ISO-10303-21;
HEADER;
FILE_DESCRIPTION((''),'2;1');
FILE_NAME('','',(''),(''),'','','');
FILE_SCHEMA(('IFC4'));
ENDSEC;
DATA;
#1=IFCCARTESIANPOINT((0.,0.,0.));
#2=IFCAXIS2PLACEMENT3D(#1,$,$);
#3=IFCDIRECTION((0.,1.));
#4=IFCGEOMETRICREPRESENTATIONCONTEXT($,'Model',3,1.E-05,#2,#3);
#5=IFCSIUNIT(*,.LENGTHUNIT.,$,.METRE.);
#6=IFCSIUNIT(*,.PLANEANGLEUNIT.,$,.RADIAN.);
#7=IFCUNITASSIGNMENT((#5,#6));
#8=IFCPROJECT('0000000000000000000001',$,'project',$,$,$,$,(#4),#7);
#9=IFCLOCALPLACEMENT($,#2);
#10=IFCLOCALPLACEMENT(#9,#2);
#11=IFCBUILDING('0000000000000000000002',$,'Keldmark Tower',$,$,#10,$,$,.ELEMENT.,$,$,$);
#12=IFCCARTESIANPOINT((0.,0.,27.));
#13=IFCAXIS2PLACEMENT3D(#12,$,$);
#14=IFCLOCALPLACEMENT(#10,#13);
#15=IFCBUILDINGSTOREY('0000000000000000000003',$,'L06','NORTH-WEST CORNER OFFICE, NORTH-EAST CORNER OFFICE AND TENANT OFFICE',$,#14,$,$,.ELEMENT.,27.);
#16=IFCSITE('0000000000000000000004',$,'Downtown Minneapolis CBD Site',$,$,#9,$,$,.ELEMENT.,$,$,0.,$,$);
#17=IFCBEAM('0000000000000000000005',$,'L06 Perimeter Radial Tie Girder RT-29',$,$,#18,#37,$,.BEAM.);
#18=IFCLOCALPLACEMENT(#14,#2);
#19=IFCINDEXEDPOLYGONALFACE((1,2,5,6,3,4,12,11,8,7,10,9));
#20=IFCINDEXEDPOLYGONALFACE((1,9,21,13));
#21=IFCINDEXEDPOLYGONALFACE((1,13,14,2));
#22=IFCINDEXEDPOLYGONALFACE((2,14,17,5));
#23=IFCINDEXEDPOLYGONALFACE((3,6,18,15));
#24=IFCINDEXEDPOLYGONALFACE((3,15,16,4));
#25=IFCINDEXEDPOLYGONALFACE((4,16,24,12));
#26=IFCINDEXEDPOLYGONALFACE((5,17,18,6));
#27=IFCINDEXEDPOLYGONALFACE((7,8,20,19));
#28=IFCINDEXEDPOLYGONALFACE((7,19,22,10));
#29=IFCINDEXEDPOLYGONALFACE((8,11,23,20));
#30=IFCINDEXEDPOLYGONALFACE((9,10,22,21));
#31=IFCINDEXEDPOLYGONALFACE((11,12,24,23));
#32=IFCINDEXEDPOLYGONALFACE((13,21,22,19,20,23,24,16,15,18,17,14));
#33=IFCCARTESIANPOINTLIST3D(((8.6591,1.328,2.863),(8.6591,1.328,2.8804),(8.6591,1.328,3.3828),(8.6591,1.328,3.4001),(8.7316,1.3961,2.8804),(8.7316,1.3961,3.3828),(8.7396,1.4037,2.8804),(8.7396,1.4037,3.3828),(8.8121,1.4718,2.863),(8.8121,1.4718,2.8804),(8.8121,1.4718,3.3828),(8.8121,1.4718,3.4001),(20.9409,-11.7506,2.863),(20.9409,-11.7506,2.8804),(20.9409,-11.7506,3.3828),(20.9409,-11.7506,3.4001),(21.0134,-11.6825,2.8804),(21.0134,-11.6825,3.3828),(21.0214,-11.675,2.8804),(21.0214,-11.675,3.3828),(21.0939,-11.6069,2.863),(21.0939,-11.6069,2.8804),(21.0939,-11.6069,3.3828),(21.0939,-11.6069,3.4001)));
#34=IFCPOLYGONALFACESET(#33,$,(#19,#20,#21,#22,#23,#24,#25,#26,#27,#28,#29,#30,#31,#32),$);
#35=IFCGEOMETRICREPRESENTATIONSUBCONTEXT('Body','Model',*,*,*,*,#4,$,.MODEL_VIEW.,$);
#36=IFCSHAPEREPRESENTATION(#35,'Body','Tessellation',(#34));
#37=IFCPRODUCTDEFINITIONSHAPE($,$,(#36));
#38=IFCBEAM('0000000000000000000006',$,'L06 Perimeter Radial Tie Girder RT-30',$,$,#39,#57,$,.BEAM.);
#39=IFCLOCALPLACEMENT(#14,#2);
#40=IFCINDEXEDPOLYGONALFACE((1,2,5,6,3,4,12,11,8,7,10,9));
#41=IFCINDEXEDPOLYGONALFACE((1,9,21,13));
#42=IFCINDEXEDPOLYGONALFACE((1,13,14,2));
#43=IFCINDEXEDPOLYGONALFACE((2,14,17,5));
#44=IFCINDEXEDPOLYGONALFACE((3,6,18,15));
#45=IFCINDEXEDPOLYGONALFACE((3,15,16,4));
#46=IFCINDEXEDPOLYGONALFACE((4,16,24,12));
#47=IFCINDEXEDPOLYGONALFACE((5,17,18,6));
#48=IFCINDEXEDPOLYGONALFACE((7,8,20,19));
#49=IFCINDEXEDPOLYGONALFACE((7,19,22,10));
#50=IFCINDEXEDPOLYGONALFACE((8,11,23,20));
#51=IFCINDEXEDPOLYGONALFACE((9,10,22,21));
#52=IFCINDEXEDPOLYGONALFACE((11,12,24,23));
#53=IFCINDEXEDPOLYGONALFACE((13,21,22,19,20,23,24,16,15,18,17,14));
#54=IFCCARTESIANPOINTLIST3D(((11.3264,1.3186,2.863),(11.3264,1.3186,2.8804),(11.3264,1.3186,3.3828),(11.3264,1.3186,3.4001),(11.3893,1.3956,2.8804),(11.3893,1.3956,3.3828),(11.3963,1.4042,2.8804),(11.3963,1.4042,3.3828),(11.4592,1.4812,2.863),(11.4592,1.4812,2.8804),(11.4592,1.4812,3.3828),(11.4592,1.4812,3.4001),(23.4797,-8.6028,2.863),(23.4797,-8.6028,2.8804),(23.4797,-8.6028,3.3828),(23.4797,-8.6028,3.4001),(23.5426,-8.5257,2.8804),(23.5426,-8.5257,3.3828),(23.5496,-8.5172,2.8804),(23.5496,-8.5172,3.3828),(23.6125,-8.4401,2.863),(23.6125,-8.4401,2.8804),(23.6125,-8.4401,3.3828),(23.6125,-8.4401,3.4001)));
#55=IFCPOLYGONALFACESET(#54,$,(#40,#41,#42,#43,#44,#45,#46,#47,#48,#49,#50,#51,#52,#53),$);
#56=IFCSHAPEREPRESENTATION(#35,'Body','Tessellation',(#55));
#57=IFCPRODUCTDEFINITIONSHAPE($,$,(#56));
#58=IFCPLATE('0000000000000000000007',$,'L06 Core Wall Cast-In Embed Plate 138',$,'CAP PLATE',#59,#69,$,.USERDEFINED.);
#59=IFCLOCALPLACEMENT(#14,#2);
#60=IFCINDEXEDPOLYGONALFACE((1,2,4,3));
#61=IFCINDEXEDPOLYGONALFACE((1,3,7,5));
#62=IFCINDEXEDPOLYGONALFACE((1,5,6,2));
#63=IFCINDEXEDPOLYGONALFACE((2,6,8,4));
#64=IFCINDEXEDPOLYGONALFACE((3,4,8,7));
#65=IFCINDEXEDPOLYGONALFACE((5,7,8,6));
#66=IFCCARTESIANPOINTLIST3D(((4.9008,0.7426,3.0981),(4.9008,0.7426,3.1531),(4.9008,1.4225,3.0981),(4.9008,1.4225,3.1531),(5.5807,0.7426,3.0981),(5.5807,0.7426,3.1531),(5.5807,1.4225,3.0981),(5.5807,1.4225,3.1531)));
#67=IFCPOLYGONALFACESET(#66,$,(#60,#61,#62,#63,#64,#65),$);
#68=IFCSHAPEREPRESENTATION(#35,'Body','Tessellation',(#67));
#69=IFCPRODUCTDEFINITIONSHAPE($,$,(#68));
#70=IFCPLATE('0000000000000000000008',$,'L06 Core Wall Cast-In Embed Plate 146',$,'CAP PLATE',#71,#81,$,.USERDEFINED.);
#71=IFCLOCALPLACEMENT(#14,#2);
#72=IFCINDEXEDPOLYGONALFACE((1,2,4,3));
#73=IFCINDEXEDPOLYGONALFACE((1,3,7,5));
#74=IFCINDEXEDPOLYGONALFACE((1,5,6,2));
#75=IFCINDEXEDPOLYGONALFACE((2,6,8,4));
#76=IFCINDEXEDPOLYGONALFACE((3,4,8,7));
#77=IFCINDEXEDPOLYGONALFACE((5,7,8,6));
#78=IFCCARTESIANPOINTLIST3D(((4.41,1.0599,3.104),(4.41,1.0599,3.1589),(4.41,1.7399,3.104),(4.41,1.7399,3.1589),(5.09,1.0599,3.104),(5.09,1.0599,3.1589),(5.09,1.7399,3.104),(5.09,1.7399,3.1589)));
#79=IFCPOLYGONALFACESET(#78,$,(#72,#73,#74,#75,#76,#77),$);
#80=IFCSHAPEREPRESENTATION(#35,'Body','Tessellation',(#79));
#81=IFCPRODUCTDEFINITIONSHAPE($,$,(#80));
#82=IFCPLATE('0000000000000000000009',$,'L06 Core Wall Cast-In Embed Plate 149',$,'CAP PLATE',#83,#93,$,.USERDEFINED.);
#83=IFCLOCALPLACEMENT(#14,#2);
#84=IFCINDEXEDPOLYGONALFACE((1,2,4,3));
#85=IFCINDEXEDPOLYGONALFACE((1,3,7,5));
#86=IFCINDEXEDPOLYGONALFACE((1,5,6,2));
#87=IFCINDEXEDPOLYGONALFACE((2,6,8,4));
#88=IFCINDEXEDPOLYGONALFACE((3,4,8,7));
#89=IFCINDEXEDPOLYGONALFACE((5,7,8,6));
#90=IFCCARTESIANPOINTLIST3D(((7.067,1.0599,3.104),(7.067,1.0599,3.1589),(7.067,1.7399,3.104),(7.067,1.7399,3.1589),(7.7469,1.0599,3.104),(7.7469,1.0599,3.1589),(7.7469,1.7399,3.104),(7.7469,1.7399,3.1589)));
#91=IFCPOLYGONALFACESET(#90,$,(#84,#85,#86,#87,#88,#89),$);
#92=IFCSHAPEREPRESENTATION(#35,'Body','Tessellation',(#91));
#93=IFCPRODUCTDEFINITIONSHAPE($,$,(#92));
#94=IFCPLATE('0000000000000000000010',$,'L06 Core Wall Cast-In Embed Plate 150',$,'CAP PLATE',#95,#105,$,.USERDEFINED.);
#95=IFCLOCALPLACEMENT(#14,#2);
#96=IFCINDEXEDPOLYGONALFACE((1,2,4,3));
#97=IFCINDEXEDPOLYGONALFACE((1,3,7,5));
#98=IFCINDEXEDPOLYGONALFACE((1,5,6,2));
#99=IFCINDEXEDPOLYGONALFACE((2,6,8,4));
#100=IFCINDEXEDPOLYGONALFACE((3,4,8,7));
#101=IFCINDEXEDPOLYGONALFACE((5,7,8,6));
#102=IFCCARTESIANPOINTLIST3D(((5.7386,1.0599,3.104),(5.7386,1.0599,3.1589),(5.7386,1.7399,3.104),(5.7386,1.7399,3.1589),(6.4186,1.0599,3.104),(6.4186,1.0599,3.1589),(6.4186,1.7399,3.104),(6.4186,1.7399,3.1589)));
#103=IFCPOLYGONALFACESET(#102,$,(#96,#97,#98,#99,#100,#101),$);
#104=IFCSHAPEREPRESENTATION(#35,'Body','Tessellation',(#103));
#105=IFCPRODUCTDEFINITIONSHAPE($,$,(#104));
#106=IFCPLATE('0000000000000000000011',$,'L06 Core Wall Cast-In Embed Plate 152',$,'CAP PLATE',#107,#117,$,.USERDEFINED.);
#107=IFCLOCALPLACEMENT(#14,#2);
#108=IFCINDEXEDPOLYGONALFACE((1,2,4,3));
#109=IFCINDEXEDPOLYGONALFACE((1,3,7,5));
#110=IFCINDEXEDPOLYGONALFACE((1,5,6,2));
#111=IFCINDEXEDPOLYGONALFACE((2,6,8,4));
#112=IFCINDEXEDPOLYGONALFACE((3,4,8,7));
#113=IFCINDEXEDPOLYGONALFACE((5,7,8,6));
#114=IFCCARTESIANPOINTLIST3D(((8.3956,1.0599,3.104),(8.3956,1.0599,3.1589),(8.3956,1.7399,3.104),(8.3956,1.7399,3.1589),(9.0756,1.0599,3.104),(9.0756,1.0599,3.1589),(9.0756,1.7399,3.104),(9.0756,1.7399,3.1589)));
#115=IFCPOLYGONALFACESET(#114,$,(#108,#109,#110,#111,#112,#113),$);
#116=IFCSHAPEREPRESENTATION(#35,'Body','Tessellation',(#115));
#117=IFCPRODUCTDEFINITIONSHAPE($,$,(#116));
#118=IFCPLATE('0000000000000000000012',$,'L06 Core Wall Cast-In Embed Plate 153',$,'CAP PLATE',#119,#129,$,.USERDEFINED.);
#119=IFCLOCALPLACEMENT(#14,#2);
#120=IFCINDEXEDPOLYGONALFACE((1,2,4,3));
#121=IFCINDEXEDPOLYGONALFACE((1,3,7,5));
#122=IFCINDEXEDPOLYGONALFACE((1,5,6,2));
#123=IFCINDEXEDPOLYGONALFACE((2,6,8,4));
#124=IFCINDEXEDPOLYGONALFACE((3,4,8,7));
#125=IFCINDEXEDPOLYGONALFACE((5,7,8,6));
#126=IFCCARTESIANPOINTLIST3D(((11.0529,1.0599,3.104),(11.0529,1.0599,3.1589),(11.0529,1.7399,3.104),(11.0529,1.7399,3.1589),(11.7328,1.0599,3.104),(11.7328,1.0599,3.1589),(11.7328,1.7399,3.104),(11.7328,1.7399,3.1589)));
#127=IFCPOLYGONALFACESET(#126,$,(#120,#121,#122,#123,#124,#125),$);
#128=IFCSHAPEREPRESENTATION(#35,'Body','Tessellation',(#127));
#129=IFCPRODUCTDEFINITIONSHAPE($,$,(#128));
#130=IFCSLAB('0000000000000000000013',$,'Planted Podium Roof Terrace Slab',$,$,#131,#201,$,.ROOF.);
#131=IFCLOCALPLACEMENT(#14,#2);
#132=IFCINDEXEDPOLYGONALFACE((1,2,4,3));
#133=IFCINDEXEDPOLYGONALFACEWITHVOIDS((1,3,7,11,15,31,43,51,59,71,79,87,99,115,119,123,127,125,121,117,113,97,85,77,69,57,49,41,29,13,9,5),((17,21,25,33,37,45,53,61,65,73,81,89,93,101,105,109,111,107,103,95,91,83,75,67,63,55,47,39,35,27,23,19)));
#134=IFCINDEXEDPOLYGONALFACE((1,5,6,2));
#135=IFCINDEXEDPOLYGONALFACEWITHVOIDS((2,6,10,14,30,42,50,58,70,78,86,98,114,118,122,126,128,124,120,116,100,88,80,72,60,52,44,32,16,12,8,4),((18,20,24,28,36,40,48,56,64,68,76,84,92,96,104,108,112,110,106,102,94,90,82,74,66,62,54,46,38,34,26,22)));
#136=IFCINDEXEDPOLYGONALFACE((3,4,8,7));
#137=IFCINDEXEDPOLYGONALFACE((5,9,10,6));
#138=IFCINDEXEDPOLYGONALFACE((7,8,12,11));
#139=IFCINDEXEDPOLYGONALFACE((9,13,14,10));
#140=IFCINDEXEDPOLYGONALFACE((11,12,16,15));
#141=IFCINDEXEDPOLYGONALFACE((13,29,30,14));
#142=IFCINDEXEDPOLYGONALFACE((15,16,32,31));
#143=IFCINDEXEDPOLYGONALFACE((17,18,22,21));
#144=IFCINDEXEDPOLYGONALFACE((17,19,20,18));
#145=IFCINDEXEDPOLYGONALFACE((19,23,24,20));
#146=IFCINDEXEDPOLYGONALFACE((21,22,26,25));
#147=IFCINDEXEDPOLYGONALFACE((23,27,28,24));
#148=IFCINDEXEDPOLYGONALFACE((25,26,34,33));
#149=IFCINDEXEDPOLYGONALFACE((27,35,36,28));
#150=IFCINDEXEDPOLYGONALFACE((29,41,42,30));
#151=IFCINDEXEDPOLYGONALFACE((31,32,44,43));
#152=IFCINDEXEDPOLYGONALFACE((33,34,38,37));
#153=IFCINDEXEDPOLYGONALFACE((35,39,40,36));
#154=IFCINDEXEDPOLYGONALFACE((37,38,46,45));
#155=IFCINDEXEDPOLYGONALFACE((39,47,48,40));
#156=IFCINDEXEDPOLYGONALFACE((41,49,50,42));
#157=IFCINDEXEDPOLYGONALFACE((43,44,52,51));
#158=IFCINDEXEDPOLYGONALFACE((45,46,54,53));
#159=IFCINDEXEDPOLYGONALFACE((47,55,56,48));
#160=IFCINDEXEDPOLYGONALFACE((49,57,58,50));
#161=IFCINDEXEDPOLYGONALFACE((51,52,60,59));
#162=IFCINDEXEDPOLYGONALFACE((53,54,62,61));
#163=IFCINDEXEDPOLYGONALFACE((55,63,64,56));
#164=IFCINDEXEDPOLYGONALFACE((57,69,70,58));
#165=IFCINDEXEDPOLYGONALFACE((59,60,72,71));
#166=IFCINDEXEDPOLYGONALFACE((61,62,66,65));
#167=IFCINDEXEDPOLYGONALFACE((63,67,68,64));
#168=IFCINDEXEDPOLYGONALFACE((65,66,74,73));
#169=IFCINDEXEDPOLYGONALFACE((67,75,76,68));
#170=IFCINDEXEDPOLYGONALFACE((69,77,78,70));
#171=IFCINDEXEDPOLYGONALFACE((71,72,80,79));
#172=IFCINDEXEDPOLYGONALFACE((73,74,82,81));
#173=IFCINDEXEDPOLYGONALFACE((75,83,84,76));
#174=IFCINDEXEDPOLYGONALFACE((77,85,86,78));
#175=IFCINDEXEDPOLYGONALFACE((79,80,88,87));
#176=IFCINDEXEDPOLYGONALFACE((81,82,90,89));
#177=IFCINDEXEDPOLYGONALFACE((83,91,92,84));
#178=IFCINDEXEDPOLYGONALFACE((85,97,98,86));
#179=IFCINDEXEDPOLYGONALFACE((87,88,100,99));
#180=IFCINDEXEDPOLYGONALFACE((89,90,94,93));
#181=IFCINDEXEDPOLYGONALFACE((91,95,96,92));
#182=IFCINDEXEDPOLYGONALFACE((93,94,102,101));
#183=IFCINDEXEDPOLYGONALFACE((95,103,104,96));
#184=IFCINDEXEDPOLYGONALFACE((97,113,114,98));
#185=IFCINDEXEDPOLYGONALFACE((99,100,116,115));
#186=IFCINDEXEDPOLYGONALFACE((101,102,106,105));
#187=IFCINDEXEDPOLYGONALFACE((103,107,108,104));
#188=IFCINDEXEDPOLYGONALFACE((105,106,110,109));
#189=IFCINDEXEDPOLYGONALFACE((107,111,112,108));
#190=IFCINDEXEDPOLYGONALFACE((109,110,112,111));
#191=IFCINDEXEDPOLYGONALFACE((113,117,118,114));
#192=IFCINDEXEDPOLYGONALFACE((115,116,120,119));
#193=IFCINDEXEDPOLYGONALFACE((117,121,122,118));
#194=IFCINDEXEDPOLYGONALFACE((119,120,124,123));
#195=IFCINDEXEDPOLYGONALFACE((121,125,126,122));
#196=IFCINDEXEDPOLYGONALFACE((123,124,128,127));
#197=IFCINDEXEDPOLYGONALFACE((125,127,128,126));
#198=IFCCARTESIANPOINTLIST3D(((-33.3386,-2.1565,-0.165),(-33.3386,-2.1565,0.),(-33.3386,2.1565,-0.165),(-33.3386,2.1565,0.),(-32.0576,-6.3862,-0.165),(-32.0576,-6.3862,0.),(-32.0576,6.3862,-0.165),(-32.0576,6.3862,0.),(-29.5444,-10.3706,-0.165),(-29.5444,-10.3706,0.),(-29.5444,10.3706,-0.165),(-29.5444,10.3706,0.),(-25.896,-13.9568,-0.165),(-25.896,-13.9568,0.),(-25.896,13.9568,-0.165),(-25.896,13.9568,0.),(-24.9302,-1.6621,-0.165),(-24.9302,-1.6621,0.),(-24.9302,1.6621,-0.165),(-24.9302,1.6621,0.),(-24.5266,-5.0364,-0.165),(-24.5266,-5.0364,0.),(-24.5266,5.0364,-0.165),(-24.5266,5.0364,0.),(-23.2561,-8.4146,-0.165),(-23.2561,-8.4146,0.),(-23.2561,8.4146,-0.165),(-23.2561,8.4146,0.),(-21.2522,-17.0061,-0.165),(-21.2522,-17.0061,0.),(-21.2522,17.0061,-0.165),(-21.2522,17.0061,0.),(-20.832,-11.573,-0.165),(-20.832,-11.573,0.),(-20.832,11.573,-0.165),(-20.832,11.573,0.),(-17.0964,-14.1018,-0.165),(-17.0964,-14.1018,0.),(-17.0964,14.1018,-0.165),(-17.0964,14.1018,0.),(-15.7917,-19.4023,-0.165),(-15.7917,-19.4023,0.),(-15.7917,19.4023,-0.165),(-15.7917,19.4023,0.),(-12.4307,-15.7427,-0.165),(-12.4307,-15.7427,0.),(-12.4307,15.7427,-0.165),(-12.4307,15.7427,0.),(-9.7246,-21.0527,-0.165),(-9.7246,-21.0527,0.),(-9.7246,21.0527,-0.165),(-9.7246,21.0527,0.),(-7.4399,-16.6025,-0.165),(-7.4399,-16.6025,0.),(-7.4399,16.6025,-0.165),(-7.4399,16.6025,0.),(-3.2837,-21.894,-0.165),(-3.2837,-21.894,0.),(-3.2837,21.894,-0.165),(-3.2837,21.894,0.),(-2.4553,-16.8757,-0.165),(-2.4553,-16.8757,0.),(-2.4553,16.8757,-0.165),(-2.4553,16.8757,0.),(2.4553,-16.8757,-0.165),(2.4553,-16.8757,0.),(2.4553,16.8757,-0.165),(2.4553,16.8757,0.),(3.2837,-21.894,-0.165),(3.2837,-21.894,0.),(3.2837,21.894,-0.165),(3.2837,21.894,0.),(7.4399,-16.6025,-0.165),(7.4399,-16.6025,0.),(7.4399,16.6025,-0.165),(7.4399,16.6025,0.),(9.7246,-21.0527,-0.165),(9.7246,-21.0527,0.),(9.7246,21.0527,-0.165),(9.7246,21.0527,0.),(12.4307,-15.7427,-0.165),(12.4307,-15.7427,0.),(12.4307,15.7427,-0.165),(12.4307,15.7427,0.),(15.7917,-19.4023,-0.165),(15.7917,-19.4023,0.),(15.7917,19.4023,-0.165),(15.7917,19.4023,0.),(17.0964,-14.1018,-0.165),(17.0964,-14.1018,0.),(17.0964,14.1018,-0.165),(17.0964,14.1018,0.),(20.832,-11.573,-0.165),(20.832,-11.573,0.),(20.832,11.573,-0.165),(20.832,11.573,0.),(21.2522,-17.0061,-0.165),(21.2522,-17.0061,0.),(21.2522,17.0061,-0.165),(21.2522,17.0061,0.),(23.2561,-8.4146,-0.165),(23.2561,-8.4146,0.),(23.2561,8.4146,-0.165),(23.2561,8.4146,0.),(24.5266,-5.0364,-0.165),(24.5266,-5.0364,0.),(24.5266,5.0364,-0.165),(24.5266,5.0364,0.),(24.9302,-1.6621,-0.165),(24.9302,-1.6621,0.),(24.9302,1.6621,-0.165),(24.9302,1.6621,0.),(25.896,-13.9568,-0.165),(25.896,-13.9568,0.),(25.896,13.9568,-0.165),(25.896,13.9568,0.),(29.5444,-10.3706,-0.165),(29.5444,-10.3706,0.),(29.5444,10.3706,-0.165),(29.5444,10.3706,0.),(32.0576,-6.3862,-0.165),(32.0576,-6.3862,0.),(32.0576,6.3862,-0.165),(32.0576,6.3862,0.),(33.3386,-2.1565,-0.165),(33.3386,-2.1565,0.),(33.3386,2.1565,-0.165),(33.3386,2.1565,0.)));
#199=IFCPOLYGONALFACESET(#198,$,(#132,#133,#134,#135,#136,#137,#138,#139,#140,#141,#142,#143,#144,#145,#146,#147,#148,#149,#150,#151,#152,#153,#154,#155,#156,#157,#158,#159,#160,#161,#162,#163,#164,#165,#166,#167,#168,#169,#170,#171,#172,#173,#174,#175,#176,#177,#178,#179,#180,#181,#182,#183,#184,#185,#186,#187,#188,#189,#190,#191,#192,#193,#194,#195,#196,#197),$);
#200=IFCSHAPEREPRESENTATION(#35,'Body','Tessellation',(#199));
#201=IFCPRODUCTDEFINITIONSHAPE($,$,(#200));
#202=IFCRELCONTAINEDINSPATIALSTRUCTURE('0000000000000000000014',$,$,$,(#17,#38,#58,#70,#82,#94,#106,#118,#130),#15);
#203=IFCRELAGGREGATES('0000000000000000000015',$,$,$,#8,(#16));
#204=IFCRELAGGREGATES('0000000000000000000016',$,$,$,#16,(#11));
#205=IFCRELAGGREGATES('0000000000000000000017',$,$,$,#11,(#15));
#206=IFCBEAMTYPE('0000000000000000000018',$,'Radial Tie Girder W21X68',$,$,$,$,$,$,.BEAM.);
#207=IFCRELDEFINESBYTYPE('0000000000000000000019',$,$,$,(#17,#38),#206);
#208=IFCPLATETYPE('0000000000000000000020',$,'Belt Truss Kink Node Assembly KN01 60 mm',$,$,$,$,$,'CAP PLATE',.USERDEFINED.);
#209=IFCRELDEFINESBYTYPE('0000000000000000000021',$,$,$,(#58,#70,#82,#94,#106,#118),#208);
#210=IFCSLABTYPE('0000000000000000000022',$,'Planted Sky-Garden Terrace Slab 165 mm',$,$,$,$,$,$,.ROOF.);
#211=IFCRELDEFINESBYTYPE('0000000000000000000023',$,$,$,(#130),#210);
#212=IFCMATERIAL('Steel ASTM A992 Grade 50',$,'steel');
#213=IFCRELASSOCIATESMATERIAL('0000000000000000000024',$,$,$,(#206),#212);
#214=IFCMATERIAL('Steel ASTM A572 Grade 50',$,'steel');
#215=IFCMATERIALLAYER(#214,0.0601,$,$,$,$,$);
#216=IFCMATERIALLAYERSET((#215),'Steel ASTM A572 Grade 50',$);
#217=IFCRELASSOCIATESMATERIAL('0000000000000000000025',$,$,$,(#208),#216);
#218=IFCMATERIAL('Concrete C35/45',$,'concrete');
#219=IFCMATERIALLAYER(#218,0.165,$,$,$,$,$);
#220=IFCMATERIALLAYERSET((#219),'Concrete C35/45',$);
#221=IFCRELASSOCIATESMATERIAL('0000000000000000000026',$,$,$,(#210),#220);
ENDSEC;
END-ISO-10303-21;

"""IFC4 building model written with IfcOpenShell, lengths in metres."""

from ifc_helpers import new_model, si_unit, direction, frame, origin, origin_2d, place, context, subcontext, project, spatial, polyline, rectangle, i_section, outline, extrude, material, layer, layer_set, material_profile, profile_set, type_object, element, save


model = new_model("IFC4")

# Units and contexts
model_context = context("Model", 3, precision=1e-05, world=origin(), true_north=direction((0.0, 1.0)))
body_context = subcontext(model_context, "Body", "Model", "MODEL_VIEW")
ifc_project = project(units=[si_unit("LENGTHUNIT", "METRE"), si_unit("PLANEANGLEUNIT", "RADIAN")], contexts=[model_context])

# Site, building, storey
site_placement = place(None, origin())
site = spatial("IfcSite", under=ifc_project, at=site_placement, Name="Downtown Minneapolis CBD Site", CompositionType="ELEMENT", RefElevation=0.0)
building_placement = place(site_placement, origin())
building = spatial("IfcBuilding", under=site, at=building_placement, Name="Keldmark Tower", CompositionType="ELEMENT")
storey_placement = place(building_placement, frame((0.0, 0.0, 27.0)))
storey = spatial("IfcBuildingStorey", under=building, at=storey_placement, Name="L06", Description="NORTH-WEST CORNER OFFICE, NORTH-EAST CORNER OFFICE AND TENANT OFFICE", CompositionType="ELEMENT", Elevation=27.0)

# Beams
ifc_material_1 = material(Name="Steel ASTM A992 Grade 50", Category="steel")
ifc_material_profile_1 = material_profile(ifc_material_1, i_section(OverallWidth=0.21, OverallDepth=0.5371, WebThickness=0.011, FlangeThickness=0.0173, at=origin_2d()), Name="W21X68")
ifc_profile_set_1 = profile_set([ifc_material_profile_1], Name="Steel ASTM A992 Grade 50")
beam_type_1 = type_object("IfcBeamType", Name="Radial Tie Girder W21X68", PredefinedType="BEAM", material=ifc_profile_set_1)
beam_1_placement = place(storey_placement, frame((8.7356, 1.3999, 3.1316), z_axis=(0.68455, -0.728966, 0.0), x_axis=(0.728966, 0.68455, 0.0)))
element("IfcBeam", 1, at=beam_1_placement, inside=storey, type_object=beam_type_1, Name="L06 Perimeter Radial Tie Girder RT-29", PredefinedType="BEAM", context=body_context, shape_type="SweptSolid", body=[
    extrude(i_section(OverallWidth=0.21, OverallDepth=0.5371, WebThickness=0.011, FlangeThickness=0.0173, at=origin_2d()), origin(), (0.0, 0.0, 1.0), 17.9414),
])
beam_2_placement = place(storey_placement, frame((11.3928, 1.3999, 3.1316), z_axis=(0.774652, -0.632388, 0.0), x_axis=(0.632388, 0.774652, 0.0)))
element("IfcBeam", 2, at=beam_2_placement, inside=storey, type_object=beam_type_1, Name="L06 Perimeter Radial Tie Girder RT-30", PredefinedType="BEAM", context=body_context, shape_type="SweptSolid", body=[
    extrude(i_section(OverallWidth=0.21, OverallDepth=0.5371, WebThickness=0.011, FlangeThickness=0.0173, at=origin_2d()), origin(), (0.0, 0.0, 1.0), 15.6887),
])

# Plates
ifc_material_2 = material(Name="Steel ASTM A572 Grade 50", Category="steel")
ifc_layer_1 = layer(ifc_material_2, 0.0601)
ifc_layer_set_1 = layer_set([ifc_layer_1], Name="Steel ASTM A572 Grade 50")
plate_type = type_object("IfcPlateType", Name="Belt Truss Kink Node Assembly KN01 60 mm", ElementType="CAP PLATE", PredefinedType="USERDEFINED", material=ifc_layer_set_1)
for number, where, z_axis, x_axis, name in (
    (3, (5.2407, 1.0825, 3.0981), (0.0, 0.0, 1.0), (1.0, 0.0, 0.0), "L06 Core Wall Cast-In Embed Plate 138"),
    (4, (4.75, 1.3999, 3.104), (0.0, 0.0, 1.0), (1.0, 0.0, 0.0), "L06 Core Wall Cast-In Embed Plate 146"),
    (5, (7.407, 1.3999, 3.104), (0.0, 0.0, 1.0), (1.0, 0.0, 0.0), "L06 Core Wall Cast-In Embed Plate 149"),
    (6, (6.0786, 1.3999, 3.104), (0.0, 0.0, 1.0), (1.0, 0.0, 0.0), "L06 Core Wall Cast-In Embed Plate 150"),
    (7, (8.7356, 1.3999, 3.104), (0.0, 0.0, 1.0), (1.0, 0.0, 0.0), "L06 Core Wall Cast-In Embed Plate 152"),
    (8, (11.3928, 1.3999, 3.104), (0.0, 0.0, 1.0), (1.0, 0.0, 0.0), "L06 Core Wall Cast-In Embed Plate 153"),
):
    element("IfcPlate", number, at=place(storey_placement, frame(where, z_axis=z_axis, x_axis=x_axis)), inside=storey, type_object=plate_type, Name=name, ObjectType="CAP PLATE", PredefinedType="USERDEFINED", context=body_context, shape_type="SweptSolid", body=[
        extrude(rectangle(XDim=0.6799, YDim=0.6799, at=origin_2d()), origin(), (0.0, 0.0, 1.0), 0.0549),
    ])

# Slab
ifc_material_3 = material(Name="Concrete C35/45", Category="concrete")
ifc_layer_2 = layer(ifc_material_3, 0.165)
ifc_layer_set_2 = layer_set([ifc_layer_2], Name="Concrete C35/45")
slab_type_1 = type_object("IfcSlabType", Name="Planted Sky-Garden Terrace Slab 165 mm", PredefinedType="ROOF", material=ifc_layer_set_2)
slab_1_placement = place(storey_placement, frame((0.0, 0.0, -0.165)))
element("IfcSlab", 9, at=slab_1_placement, inside=storey, type_object=slab_type_1, Name="Planted Podium Roof Terrace Slab", PredefinedType="ROOF", context=body_context, shape_type="SweptSolid", body=[
    extrude(outline(polyline([(33.3386, 2.1565), (32.0576, 6.3862), (29.5444, 10.3706), (25.896, 13.9568), (21.2522, 17.0061), (15.7917, 19.4023), (9.7246, 21.0527), (3.2837, 21.894), (-3.2837, 21.894), (-9.7246, 21.0527), (-15.7917, 19.4023), (-21.2522, 17.0061), (-25.896, 13.9568), (-29.5444, 10.3706), (-32.0576, 6.3862), (-33.3386, 2.1565), (-33.3386, -2.1565), (-32.0576, -6.3862), (-29.5444, -10.3706), (-25.896, -13.9568), (-21.2522, -17.0061), (-15.7917, -19.4023), (-9.7246, -21.0527), (-3.2837, -21.894), (3.2837, -21.894), (9.7246, -21.0527), (15.7917, -19.4023), (21.2522, -17.0061), (25.896, -13.9568), (29.5444, -10.3706), (32.0576, -6.3862), (33.3386, -2.1565), (33.3386, 2.1565)]), holes=[polyline([(24.9302, 1.6621), (24.5266, 5.0364), (23.2561, 8.4146), (20.832, 11.573), (17.0964, 14.1018), (12.4307, 15.7427), (7.4399, 16.6025), (2.4553, 16.8757), (-2.4553, 16.8757), (-7.4399, 16.6025), (-12.4307, 15.7427), (-17.0964, 14.1018), (-20.832, 11.573), (-23.2561, 8.4146), (-24.5266, 5.0364), (-24.9302, 1.6621), (-24.9302, -1.6621), (-24.5266, -5.0364), (-23.2561, -8.4146), (-20.832, -11.573), (-17.0964, -14.1018), (-12.4307, -15.7427), (-7.4399, -16.6025), (-2.4553, -16.8757), (2.4553, -16.8757), (7.4399, -16.6025), (12.4307, -15.7427), (17.0964, -14.1018), (20.832, -11.573), (23.2561, -8.4146), (24.5266, -5.0364), (24.9302, -1.6621), (24.9302, 1.6621)])]), origin(), (0.0, 0.0, 1.0), 0.165),
])

save(model, "model.ifc")
